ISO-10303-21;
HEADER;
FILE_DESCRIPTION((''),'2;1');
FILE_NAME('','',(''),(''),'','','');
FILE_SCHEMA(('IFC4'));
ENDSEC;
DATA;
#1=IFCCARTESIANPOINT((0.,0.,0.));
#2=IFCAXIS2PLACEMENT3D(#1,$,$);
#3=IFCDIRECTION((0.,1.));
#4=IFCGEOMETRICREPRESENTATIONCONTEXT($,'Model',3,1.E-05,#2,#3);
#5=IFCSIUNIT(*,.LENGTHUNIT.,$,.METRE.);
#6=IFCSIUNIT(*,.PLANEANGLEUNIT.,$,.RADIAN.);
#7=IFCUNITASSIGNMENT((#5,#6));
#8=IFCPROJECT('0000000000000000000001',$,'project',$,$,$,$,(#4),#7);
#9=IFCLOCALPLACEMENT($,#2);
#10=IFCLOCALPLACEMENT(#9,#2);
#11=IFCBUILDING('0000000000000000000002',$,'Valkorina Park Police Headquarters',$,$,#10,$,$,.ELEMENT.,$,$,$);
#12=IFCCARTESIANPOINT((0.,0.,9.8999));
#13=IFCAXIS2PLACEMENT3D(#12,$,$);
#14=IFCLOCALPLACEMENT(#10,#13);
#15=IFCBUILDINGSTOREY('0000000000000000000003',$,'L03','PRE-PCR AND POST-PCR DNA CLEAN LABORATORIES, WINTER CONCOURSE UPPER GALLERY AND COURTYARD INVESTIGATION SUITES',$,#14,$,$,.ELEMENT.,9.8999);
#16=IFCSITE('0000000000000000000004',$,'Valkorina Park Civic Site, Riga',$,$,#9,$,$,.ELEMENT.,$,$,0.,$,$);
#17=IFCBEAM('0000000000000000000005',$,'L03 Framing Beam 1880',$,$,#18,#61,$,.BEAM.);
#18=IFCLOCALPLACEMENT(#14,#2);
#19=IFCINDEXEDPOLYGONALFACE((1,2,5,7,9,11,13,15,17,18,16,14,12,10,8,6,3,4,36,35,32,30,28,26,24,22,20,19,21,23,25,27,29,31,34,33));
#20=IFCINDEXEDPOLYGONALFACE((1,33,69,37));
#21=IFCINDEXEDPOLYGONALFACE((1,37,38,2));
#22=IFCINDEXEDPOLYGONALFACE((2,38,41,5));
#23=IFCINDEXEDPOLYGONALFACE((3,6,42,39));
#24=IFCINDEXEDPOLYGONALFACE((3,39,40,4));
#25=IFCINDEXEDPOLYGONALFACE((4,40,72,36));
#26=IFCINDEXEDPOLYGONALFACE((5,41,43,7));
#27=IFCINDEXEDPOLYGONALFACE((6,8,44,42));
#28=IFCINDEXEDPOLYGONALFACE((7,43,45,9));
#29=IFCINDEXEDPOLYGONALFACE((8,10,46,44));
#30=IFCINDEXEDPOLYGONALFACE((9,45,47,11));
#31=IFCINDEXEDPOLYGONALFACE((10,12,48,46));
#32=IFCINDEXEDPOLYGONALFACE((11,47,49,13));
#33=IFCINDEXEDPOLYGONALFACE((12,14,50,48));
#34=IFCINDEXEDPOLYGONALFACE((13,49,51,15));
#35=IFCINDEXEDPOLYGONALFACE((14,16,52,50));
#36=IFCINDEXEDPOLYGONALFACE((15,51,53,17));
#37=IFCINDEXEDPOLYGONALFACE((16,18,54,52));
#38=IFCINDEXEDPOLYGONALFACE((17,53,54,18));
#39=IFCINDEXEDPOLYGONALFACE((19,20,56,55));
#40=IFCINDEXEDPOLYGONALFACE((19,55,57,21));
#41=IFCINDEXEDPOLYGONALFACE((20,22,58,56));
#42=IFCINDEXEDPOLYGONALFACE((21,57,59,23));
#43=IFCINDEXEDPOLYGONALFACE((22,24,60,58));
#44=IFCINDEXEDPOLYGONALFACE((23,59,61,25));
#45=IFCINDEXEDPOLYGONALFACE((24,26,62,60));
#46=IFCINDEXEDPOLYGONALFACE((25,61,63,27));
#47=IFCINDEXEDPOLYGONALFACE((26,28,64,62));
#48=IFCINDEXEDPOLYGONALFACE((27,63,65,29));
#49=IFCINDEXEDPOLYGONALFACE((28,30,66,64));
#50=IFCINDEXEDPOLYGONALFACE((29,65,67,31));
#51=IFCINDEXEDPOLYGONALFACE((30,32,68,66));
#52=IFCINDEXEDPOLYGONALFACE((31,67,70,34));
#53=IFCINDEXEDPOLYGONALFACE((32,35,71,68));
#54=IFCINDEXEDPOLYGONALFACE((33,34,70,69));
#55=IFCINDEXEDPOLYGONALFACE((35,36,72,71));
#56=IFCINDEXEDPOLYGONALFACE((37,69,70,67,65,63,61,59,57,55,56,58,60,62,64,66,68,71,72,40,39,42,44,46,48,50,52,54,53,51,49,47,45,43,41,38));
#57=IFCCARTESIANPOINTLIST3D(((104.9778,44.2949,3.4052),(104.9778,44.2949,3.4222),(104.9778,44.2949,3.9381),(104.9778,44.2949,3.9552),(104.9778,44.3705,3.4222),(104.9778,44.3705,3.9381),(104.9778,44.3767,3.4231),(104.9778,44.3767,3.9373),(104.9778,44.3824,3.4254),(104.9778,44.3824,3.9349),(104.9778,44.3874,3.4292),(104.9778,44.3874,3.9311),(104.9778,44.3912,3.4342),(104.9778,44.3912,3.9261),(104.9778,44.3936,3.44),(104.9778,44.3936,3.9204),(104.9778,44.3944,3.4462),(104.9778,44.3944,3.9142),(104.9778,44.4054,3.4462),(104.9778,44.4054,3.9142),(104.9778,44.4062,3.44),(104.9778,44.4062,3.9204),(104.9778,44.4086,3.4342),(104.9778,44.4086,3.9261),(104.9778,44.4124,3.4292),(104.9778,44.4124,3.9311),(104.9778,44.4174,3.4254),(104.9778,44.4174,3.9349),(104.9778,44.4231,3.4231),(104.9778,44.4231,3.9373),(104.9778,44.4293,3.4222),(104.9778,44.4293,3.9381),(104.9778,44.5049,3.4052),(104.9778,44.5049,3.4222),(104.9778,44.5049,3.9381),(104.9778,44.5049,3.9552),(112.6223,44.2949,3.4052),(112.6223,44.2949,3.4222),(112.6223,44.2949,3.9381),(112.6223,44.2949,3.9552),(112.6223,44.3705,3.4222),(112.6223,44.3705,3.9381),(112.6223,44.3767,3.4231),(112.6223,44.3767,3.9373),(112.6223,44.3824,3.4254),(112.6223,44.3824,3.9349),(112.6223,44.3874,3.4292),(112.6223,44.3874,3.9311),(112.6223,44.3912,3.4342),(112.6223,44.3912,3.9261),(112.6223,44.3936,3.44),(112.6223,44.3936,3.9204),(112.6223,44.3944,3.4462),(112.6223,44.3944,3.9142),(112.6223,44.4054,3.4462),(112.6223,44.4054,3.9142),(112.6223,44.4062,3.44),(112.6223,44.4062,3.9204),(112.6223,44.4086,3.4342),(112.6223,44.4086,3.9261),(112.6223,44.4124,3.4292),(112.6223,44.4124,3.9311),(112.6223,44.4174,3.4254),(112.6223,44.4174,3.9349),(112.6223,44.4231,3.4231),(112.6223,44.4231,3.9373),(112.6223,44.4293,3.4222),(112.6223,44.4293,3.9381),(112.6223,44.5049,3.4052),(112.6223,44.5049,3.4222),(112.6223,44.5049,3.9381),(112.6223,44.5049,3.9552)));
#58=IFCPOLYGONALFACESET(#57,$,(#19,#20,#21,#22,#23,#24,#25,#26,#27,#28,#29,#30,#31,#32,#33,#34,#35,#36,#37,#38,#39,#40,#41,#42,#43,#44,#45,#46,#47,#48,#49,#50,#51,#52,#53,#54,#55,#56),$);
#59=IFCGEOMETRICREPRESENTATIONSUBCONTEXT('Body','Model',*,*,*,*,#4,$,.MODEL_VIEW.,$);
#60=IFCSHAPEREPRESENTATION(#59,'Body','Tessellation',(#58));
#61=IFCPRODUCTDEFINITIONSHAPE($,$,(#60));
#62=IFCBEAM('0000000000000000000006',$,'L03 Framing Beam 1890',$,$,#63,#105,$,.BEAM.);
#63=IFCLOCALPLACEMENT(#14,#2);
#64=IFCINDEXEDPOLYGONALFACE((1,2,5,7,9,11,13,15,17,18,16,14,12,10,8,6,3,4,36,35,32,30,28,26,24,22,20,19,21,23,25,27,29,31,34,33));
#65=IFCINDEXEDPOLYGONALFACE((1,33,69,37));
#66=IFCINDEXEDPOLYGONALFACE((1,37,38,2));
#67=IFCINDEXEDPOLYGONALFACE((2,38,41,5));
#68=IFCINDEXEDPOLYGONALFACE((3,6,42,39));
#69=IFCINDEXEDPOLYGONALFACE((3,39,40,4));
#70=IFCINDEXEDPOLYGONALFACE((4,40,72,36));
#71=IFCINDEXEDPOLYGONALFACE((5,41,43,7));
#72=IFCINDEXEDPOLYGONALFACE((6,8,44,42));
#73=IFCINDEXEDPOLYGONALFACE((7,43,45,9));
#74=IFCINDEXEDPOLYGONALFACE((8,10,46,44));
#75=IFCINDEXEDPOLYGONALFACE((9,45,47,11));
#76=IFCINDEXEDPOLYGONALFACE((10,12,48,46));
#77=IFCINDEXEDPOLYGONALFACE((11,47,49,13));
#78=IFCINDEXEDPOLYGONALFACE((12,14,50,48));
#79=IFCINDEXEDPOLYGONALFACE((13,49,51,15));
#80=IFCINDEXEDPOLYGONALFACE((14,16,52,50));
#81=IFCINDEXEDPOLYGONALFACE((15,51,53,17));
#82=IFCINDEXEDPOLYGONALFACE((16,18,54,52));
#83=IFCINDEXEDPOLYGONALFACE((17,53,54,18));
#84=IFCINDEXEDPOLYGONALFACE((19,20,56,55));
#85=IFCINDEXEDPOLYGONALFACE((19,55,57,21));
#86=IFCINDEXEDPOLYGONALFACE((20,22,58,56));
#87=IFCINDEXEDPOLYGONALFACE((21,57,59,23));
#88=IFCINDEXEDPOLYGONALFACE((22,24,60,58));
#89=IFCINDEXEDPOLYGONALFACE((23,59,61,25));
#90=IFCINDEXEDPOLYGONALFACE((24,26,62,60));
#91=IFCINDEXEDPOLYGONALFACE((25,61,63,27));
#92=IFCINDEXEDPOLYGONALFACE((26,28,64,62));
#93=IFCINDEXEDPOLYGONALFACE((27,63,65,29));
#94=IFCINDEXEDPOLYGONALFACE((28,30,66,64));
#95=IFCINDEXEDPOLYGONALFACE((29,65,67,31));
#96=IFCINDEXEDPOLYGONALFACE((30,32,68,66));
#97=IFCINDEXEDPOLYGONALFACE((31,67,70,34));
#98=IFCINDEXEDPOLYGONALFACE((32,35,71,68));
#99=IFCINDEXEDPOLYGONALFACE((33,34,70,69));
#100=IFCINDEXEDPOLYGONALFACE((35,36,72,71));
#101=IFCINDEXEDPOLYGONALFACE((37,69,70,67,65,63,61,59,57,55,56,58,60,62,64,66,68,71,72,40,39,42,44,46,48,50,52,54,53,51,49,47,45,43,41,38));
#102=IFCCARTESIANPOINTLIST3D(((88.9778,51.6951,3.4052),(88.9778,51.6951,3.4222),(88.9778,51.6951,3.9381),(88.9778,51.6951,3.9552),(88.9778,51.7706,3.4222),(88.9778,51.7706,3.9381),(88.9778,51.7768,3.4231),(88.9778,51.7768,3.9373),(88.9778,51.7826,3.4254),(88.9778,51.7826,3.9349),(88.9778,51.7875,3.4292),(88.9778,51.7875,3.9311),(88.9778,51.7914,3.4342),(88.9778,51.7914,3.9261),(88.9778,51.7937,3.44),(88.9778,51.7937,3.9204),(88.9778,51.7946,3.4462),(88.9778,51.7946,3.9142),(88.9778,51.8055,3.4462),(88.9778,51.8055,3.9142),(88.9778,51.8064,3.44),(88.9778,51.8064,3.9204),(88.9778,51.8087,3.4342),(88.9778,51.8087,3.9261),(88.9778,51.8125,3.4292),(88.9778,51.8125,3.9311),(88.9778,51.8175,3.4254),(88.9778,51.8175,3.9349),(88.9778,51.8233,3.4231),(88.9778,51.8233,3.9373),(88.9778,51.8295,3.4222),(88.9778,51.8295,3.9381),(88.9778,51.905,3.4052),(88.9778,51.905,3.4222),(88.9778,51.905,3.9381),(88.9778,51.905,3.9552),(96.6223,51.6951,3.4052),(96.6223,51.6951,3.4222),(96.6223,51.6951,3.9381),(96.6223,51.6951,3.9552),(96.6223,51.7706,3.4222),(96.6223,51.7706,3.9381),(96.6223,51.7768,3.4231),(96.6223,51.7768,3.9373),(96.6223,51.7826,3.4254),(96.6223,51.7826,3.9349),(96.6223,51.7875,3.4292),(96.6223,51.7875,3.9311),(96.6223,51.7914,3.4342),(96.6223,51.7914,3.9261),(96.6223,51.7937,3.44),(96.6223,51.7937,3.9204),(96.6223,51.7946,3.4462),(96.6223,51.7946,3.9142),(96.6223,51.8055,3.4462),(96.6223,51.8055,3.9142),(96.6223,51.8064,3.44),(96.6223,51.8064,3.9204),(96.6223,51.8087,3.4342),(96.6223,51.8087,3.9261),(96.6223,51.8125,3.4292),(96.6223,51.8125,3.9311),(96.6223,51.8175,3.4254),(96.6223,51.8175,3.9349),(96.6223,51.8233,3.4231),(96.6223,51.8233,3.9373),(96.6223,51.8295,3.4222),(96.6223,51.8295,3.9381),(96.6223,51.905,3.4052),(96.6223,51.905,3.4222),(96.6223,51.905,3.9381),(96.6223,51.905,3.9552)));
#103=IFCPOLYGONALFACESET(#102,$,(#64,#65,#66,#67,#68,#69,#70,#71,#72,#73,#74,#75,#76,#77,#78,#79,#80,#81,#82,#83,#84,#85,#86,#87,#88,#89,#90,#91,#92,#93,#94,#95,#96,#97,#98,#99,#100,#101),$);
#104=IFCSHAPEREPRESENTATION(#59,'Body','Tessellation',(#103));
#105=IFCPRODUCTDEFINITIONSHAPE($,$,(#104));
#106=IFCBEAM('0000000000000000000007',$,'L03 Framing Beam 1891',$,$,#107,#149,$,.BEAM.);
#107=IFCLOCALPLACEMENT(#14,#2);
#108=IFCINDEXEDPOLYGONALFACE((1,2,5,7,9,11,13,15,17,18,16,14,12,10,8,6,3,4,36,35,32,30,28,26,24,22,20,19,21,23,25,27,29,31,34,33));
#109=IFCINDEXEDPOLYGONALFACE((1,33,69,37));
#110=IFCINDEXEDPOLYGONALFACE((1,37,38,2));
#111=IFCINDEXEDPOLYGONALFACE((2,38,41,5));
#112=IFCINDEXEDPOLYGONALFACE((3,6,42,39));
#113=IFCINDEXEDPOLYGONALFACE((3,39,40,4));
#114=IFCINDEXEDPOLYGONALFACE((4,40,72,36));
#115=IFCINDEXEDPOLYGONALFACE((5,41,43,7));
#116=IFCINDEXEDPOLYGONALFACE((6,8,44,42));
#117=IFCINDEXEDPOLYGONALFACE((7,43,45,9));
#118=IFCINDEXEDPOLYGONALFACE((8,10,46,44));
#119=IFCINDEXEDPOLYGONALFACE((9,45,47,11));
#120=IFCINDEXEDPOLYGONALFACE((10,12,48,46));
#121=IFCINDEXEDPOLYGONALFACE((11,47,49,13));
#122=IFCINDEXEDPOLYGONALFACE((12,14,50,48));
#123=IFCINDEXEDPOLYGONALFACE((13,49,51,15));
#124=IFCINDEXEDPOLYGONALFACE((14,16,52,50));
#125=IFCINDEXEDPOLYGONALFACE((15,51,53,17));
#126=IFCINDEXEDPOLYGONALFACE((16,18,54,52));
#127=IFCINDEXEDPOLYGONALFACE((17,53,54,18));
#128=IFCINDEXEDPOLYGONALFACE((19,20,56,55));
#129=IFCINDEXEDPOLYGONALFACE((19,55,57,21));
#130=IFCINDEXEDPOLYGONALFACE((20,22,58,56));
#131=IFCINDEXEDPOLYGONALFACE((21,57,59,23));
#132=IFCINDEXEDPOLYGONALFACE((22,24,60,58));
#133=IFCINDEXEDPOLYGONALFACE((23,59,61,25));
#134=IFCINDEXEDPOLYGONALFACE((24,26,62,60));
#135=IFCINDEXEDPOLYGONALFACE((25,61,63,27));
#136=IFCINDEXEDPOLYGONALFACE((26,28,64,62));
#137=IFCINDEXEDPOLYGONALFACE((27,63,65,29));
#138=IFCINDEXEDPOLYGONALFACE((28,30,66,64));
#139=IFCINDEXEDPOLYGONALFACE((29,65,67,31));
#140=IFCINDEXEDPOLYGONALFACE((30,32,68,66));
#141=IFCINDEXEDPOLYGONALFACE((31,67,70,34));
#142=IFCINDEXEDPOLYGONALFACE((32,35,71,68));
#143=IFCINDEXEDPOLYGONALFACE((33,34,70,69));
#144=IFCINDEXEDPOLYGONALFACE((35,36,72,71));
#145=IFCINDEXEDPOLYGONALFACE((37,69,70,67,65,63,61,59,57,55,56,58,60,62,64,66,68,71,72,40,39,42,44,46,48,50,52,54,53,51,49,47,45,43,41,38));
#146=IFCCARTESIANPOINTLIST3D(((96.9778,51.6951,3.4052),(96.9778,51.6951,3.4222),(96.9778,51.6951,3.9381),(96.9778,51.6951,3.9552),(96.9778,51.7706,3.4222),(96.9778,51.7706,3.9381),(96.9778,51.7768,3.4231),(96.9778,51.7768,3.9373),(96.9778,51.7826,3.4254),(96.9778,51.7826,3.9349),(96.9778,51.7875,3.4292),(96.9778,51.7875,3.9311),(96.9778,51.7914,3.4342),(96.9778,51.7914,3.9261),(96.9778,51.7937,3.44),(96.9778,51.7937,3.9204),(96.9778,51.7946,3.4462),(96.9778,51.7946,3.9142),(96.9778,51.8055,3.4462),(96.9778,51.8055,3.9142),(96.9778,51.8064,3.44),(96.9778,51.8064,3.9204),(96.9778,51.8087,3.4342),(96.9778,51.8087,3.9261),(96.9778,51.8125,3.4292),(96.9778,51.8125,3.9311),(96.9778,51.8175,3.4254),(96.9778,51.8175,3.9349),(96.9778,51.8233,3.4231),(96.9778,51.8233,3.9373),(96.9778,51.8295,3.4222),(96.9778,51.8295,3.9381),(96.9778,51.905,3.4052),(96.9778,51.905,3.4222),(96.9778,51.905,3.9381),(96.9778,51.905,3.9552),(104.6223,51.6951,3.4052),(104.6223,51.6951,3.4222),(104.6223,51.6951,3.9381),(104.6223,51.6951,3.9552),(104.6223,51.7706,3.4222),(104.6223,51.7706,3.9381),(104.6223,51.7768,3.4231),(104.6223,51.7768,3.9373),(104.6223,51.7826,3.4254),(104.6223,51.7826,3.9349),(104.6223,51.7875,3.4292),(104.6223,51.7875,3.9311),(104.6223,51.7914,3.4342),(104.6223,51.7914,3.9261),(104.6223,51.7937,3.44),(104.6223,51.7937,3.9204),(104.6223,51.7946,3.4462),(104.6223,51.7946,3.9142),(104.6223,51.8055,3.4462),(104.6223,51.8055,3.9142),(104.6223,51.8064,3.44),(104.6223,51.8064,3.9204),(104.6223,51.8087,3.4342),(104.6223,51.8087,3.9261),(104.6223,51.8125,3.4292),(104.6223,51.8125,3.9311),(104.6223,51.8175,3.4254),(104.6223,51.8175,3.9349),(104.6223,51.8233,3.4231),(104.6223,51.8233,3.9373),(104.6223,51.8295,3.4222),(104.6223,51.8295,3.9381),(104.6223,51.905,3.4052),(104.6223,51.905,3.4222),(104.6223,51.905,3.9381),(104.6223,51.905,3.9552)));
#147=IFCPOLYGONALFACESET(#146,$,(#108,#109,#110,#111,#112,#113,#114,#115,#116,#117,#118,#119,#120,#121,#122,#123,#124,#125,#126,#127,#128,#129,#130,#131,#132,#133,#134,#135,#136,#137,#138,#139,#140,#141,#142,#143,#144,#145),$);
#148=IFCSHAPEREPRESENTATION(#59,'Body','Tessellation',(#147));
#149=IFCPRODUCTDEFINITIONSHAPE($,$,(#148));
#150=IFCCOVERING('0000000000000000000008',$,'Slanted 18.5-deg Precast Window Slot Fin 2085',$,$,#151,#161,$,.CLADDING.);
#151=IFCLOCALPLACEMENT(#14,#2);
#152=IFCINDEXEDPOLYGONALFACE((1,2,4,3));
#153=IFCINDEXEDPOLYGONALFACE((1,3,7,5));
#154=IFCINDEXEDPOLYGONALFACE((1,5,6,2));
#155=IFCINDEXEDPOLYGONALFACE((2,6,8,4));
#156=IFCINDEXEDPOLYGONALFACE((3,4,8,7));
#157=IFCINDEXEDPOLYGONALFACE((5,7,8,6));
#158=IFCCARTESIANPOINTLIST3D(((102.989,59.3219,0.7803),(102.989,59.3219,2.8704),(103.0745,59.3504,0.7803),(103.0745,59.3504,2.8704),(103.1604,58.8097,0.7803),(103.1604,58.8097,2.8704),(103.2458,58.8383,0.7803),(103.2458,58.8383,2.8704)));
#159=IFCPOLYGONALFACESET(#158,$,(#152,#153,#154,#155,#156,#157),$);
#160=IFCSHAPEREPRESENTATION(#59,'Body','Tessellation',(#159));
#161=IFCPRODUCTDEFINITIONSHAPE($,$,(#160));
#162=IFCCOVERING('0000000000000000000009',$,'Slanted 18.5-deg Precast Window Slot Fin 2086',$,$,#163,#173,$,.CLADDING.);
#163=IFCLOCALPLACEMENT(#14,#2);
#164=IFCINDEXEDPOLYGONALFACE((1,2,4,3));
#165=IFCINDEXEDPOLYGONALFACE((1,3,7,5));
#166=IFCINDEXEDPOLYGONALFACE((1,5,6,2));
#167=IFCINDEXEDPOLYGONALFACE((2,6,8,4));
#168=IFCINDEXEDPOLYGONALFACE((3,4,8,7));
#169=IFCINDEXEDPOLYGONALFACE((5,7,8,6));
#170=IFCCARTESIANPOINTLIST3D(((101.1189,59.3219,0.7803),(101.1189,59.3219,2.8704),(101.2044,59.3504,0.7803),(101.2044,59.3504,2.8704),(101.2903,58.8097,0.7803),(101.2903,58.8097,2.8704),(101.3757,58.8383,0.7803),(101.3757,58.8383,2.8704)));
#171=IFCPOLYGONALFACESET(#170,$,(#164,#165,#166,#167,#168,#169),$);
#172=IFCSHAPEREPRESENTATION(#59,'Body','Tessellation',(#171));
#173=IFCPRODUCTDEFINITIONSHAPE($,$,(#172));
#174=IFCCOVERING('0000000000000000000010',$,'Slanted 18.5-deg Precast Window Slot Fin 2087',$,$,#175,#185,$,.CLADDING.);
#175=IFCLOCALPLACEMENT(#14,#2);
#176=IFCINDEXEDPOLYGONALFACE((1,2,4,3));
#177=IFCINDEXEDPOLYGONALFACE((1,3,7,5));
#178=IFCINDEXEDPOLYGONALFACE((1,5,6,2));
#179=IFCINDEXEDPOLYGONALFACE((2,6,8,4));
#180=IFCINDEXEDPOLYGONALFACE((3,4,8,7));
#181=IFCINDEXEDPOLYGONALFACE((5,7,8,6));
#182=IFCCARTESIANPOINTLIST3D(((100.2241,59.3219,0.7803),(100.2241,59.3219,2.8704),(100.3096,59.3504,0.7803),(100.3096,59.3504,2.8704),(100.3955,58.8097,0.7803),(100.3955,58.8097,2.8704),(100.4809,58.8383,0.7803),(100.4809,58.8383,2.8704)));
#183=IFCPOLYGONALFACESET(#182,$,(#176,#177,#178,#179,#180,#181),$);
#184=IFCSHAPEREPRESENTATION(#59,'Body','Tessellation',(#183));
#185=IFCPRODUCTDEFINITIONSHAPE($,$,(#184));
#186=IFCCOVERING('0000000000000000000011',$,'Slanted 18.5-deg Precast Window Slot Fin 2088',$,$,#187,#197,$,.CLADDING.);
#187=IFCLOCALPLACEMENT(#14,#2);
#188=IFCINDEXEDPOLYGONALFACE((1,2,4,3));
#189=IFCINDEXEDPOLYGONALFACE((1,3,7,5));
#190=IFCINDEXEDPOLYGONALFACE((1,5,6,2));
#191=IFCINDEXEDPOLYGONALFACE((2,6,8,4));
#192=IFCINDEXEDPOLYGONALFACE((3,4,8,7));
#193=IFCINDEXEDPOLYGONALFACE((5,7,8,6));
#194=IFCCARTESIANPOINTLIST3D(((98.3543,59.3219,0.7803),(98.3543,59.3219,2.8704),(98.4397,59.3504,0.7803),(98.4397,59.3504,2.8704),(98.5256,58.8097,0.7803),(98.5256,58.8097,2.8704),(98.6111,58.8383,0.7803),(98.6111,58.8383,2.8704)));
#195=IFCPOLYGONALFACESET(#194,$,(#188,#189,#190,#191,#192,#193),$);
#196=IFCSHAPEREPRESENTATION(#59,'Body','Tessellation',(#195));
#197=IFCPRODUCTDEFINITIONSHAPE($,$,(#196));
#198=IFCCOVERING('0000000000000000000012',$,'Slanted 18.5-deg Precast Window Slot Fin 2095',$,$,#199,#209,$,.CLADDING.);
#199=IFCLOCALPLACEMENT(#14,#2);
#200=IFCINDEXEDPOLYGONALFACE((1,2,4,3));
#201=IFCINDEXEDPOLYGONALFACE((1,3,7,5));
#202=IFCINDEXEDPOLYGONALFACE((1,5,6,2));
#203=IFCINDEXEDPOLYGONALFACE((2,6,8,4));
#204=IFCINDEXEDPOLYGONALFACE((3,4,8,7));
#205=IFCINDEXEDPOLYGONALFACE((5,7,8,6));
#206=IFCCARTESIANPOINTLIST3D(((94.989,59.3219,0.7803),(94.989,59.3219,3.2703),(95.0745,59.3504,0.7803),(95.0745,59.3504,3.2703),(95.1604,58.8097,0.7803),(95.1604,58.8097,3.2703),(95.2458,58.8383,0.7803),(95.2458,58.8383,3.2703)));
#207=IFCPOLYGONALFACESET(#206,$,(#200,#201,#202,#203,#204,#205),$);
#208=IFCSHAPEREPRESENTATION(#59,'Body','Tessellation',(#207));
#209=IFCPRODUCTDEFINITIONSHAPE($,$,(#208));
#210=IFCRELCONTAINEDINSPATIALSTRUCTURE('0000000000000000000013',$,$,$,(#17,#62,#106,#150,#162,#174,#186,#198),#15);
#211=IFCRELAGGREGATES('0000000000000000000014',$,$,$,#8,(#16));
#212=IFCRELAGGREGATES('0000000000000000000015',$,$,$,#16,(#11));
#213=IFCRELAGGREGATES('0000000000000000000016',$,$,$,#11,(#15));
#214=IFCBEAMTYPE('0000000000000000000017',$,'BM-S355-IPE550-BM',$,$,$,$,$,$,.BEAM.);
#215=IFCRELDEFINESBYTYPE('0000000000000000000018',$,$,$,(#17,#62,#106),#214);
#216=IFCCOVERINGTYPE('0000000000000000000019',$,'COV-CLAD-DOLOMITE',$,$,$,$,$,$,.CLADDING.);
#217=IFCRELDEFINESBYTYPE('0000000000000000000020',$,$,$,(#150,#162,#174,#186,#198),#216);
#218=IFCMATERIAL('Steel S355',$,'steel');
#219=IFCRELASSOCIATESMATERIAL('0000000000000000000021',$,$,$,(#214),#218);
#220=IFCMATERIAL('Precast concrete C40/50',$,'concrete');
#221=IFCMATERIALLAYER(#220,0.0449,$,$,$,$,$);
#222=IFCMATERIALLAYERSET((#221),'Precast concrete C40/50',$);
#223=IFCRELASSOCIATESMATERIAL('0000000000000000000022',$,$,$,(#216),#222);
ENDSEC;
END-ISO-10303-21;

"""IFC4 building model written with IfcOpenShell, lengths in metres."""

from ifc_helpers import new_model, si_unit, direction, frame, origin, origin_2d, place, context, subcontext, project, spatial, rectangle, i_section, extrude, material, layer, layer_set, material_profile, profile_set, type_object, element, save


model = new_model("IFC4")

# Units and contexts
model_context = context("Model", 3, precision=1e-05, world=origin(), true_north=direction((0.0, 1.0)))
body_context = subcontext(model_context, "Body", "Model", "MODEL_VIEW")
ifc_project = project(units=[si_unit("LENGTHUNIT", "METRE"), si_unit("PLANEANGLEUNIT", "RADIAN")], contexts=[model_context])

# Site, building, storey
site_placement = place(None, origin())
site = spatial("IfcSite", under=ifc_project, at=site_placement, Name="Valkorina Park Civic Site, Riga", CompositionType="ELEMENT", RefElevation=0.0)
building_placement = place(site_placement, origin())
building = spatial("IfcBuilding", under=site, at=building_placement, Name="Valkorina Park Police Headquarters", CompositionType="ELEMENT")
storey_placement = place(building_placement, frame((0.0, 0.0, 9.8999)))
storey = spatial("IfcBuildingStorey", under=building, at=storey_placement, Name="L03", Description="PRE-PCR AND POST-PCR DNA CLEAN LABORATORIES, WINTER CONCOURSE UPPER GALLERY AND COURTYARD INVESTIGATION SUITES", CompositionType="ELEMENT", Elevation=9.8999)

# Shared definitions
ifc_material_1 = material(Name="Steel S355", Category="steel")

# Beams
ifc_material_profile_1 = material_profile(ifc_material_1, i_section(OverallWidth=0.21, OverallDepth=0.55, WebThickness=0.011, FlangeThickness=0.0171, FilletRadius=0.0239, at=origin_2d()), Name="IPE 550")
ifc_profile_set_1 = profile_set([ifc_material_profile_1], Name="Steel S355")
beam_type_1 = type_object("IfcBeamType", Name="BM-S355-IPE550-BM", PredefinedType="BEAM", material=ifc_profile_set_1)
for number, where, z_axis, x_axis, name in (
    (1, (104.9778, 44.3999, 3.6802), (1.0, 0.0, 0.0), (0.0, 1.0, 0.0), "L03 Framing Beam 1880"),
    (2, (88.9778, 51.8, 3.6802), (1.0, 0.0, 0.0), (0.0, 1.0, 0.0), "L03 Framing Beam 1890"),
    (3, (96.9778, 51.8, 3.6802), (1.0, 0.0, 0.0), (0.0, 1.0, 0.0), "L03 Framing Beam 1891"),
):
    element("IfcBeam", number, at=place(storey_placement, frame(where, z_axis=z_axis, x_axis=x_axis)), inside=storey, type_object=beam_type_1, Name=name, PredefinedType="BEAM", context=body_context, shape_type="SweptSolid", body=[
        extrude(i_section(OverallWidth=0.21, OverallDepth=0.55, WebThickness=0.011, FlangeThickness=0.0171, FilletRadius=0.0239, at=origin_2d()), origin(), (0.0, 0.0, 1.0), 7.6445),
    ])

# Coverings
ifc_material_2 = material(Name="Precast concrete C40/50", Category="concrete")
ifc_layer = layer(ifc_material_2, 0.0449)
ifc_layer_set = layer_set([ifc_layer], Name="Precast concrete C40/50")
covering_type = type_object("IfcCoveringType", Name="COV-CLAD-DOLOMITE", PredefinedType="CLADDING", material=ifc_layer_set)
for number, where, z_axis, x_axis, name in (
    (4, (103.1174, 59.0801, 0.7803), (0.0, 0.0, 1.0), (0.317305, -0.948324, 0.0), "Slanted 18.5-deg Precast Window Slot Fin 2085"),
    (5, (101.2473, 59.0801, 0.7803), (0.0, 0.0, 1.0), (0.317305, -0.948324, 0.0), "Slanted 18.5-deg Precast Window Slot Fin 2086"),
    (6, (100.3525, 59.0801, 0.7803), (0.0, 0.0, 1.0), (0.317305, -0.948324, 0.0), "Slanted 18.5-deg Precast Window Slot Fin 2087"),
    (7, (98.4827, 59.0801, 0.7803), (0.0, 0.0, 1.0), (0.317305, -0.948324, 0.0), "Slanted 18.5-deg Precast Window Slot Fin 2088"),
):
    element("IfcCovering", number, at=place(storey_placement, frame(where, z_axis=z_axis, x_axis=x_axis)), inside=storey, type_object=covering_type, Name=name, PredefinedType="CLADDING", context=body_context, shape_type="SweptSolid", body=[
        extrude(rectangle(XDim=0.54, YDim=0.0901, at=origin_2d()), origin(), (0.0, 0.0, 1.0), 2.0901),
    ])
for number, where, z_axis, x_axis, name in (
    (8, (95.1174, 59.0801, 0.7803), (0.0, 0.0, 1.0), (0.317305, -0.948324, 0.0), "Slanted 18.5-deg Precast Window Slot Fin 2095"),
):
    element("IfcCovering", number, at=place(storey_placement, frame(where, z_axis=z_axis, x_axis=x_axis)), inside=storey, type_object=covering_type, Name=name, PredefinedType="CLADDING", context=body_context, shape_type="SweptSolid", body=[
        extrude(rectangle(XDim=0.54, YDim=0.0901, at=origin_2d()), origin(), (0.0, 0.0, 1.0), 2.49),
    ])

save(model, "model.ifc")
